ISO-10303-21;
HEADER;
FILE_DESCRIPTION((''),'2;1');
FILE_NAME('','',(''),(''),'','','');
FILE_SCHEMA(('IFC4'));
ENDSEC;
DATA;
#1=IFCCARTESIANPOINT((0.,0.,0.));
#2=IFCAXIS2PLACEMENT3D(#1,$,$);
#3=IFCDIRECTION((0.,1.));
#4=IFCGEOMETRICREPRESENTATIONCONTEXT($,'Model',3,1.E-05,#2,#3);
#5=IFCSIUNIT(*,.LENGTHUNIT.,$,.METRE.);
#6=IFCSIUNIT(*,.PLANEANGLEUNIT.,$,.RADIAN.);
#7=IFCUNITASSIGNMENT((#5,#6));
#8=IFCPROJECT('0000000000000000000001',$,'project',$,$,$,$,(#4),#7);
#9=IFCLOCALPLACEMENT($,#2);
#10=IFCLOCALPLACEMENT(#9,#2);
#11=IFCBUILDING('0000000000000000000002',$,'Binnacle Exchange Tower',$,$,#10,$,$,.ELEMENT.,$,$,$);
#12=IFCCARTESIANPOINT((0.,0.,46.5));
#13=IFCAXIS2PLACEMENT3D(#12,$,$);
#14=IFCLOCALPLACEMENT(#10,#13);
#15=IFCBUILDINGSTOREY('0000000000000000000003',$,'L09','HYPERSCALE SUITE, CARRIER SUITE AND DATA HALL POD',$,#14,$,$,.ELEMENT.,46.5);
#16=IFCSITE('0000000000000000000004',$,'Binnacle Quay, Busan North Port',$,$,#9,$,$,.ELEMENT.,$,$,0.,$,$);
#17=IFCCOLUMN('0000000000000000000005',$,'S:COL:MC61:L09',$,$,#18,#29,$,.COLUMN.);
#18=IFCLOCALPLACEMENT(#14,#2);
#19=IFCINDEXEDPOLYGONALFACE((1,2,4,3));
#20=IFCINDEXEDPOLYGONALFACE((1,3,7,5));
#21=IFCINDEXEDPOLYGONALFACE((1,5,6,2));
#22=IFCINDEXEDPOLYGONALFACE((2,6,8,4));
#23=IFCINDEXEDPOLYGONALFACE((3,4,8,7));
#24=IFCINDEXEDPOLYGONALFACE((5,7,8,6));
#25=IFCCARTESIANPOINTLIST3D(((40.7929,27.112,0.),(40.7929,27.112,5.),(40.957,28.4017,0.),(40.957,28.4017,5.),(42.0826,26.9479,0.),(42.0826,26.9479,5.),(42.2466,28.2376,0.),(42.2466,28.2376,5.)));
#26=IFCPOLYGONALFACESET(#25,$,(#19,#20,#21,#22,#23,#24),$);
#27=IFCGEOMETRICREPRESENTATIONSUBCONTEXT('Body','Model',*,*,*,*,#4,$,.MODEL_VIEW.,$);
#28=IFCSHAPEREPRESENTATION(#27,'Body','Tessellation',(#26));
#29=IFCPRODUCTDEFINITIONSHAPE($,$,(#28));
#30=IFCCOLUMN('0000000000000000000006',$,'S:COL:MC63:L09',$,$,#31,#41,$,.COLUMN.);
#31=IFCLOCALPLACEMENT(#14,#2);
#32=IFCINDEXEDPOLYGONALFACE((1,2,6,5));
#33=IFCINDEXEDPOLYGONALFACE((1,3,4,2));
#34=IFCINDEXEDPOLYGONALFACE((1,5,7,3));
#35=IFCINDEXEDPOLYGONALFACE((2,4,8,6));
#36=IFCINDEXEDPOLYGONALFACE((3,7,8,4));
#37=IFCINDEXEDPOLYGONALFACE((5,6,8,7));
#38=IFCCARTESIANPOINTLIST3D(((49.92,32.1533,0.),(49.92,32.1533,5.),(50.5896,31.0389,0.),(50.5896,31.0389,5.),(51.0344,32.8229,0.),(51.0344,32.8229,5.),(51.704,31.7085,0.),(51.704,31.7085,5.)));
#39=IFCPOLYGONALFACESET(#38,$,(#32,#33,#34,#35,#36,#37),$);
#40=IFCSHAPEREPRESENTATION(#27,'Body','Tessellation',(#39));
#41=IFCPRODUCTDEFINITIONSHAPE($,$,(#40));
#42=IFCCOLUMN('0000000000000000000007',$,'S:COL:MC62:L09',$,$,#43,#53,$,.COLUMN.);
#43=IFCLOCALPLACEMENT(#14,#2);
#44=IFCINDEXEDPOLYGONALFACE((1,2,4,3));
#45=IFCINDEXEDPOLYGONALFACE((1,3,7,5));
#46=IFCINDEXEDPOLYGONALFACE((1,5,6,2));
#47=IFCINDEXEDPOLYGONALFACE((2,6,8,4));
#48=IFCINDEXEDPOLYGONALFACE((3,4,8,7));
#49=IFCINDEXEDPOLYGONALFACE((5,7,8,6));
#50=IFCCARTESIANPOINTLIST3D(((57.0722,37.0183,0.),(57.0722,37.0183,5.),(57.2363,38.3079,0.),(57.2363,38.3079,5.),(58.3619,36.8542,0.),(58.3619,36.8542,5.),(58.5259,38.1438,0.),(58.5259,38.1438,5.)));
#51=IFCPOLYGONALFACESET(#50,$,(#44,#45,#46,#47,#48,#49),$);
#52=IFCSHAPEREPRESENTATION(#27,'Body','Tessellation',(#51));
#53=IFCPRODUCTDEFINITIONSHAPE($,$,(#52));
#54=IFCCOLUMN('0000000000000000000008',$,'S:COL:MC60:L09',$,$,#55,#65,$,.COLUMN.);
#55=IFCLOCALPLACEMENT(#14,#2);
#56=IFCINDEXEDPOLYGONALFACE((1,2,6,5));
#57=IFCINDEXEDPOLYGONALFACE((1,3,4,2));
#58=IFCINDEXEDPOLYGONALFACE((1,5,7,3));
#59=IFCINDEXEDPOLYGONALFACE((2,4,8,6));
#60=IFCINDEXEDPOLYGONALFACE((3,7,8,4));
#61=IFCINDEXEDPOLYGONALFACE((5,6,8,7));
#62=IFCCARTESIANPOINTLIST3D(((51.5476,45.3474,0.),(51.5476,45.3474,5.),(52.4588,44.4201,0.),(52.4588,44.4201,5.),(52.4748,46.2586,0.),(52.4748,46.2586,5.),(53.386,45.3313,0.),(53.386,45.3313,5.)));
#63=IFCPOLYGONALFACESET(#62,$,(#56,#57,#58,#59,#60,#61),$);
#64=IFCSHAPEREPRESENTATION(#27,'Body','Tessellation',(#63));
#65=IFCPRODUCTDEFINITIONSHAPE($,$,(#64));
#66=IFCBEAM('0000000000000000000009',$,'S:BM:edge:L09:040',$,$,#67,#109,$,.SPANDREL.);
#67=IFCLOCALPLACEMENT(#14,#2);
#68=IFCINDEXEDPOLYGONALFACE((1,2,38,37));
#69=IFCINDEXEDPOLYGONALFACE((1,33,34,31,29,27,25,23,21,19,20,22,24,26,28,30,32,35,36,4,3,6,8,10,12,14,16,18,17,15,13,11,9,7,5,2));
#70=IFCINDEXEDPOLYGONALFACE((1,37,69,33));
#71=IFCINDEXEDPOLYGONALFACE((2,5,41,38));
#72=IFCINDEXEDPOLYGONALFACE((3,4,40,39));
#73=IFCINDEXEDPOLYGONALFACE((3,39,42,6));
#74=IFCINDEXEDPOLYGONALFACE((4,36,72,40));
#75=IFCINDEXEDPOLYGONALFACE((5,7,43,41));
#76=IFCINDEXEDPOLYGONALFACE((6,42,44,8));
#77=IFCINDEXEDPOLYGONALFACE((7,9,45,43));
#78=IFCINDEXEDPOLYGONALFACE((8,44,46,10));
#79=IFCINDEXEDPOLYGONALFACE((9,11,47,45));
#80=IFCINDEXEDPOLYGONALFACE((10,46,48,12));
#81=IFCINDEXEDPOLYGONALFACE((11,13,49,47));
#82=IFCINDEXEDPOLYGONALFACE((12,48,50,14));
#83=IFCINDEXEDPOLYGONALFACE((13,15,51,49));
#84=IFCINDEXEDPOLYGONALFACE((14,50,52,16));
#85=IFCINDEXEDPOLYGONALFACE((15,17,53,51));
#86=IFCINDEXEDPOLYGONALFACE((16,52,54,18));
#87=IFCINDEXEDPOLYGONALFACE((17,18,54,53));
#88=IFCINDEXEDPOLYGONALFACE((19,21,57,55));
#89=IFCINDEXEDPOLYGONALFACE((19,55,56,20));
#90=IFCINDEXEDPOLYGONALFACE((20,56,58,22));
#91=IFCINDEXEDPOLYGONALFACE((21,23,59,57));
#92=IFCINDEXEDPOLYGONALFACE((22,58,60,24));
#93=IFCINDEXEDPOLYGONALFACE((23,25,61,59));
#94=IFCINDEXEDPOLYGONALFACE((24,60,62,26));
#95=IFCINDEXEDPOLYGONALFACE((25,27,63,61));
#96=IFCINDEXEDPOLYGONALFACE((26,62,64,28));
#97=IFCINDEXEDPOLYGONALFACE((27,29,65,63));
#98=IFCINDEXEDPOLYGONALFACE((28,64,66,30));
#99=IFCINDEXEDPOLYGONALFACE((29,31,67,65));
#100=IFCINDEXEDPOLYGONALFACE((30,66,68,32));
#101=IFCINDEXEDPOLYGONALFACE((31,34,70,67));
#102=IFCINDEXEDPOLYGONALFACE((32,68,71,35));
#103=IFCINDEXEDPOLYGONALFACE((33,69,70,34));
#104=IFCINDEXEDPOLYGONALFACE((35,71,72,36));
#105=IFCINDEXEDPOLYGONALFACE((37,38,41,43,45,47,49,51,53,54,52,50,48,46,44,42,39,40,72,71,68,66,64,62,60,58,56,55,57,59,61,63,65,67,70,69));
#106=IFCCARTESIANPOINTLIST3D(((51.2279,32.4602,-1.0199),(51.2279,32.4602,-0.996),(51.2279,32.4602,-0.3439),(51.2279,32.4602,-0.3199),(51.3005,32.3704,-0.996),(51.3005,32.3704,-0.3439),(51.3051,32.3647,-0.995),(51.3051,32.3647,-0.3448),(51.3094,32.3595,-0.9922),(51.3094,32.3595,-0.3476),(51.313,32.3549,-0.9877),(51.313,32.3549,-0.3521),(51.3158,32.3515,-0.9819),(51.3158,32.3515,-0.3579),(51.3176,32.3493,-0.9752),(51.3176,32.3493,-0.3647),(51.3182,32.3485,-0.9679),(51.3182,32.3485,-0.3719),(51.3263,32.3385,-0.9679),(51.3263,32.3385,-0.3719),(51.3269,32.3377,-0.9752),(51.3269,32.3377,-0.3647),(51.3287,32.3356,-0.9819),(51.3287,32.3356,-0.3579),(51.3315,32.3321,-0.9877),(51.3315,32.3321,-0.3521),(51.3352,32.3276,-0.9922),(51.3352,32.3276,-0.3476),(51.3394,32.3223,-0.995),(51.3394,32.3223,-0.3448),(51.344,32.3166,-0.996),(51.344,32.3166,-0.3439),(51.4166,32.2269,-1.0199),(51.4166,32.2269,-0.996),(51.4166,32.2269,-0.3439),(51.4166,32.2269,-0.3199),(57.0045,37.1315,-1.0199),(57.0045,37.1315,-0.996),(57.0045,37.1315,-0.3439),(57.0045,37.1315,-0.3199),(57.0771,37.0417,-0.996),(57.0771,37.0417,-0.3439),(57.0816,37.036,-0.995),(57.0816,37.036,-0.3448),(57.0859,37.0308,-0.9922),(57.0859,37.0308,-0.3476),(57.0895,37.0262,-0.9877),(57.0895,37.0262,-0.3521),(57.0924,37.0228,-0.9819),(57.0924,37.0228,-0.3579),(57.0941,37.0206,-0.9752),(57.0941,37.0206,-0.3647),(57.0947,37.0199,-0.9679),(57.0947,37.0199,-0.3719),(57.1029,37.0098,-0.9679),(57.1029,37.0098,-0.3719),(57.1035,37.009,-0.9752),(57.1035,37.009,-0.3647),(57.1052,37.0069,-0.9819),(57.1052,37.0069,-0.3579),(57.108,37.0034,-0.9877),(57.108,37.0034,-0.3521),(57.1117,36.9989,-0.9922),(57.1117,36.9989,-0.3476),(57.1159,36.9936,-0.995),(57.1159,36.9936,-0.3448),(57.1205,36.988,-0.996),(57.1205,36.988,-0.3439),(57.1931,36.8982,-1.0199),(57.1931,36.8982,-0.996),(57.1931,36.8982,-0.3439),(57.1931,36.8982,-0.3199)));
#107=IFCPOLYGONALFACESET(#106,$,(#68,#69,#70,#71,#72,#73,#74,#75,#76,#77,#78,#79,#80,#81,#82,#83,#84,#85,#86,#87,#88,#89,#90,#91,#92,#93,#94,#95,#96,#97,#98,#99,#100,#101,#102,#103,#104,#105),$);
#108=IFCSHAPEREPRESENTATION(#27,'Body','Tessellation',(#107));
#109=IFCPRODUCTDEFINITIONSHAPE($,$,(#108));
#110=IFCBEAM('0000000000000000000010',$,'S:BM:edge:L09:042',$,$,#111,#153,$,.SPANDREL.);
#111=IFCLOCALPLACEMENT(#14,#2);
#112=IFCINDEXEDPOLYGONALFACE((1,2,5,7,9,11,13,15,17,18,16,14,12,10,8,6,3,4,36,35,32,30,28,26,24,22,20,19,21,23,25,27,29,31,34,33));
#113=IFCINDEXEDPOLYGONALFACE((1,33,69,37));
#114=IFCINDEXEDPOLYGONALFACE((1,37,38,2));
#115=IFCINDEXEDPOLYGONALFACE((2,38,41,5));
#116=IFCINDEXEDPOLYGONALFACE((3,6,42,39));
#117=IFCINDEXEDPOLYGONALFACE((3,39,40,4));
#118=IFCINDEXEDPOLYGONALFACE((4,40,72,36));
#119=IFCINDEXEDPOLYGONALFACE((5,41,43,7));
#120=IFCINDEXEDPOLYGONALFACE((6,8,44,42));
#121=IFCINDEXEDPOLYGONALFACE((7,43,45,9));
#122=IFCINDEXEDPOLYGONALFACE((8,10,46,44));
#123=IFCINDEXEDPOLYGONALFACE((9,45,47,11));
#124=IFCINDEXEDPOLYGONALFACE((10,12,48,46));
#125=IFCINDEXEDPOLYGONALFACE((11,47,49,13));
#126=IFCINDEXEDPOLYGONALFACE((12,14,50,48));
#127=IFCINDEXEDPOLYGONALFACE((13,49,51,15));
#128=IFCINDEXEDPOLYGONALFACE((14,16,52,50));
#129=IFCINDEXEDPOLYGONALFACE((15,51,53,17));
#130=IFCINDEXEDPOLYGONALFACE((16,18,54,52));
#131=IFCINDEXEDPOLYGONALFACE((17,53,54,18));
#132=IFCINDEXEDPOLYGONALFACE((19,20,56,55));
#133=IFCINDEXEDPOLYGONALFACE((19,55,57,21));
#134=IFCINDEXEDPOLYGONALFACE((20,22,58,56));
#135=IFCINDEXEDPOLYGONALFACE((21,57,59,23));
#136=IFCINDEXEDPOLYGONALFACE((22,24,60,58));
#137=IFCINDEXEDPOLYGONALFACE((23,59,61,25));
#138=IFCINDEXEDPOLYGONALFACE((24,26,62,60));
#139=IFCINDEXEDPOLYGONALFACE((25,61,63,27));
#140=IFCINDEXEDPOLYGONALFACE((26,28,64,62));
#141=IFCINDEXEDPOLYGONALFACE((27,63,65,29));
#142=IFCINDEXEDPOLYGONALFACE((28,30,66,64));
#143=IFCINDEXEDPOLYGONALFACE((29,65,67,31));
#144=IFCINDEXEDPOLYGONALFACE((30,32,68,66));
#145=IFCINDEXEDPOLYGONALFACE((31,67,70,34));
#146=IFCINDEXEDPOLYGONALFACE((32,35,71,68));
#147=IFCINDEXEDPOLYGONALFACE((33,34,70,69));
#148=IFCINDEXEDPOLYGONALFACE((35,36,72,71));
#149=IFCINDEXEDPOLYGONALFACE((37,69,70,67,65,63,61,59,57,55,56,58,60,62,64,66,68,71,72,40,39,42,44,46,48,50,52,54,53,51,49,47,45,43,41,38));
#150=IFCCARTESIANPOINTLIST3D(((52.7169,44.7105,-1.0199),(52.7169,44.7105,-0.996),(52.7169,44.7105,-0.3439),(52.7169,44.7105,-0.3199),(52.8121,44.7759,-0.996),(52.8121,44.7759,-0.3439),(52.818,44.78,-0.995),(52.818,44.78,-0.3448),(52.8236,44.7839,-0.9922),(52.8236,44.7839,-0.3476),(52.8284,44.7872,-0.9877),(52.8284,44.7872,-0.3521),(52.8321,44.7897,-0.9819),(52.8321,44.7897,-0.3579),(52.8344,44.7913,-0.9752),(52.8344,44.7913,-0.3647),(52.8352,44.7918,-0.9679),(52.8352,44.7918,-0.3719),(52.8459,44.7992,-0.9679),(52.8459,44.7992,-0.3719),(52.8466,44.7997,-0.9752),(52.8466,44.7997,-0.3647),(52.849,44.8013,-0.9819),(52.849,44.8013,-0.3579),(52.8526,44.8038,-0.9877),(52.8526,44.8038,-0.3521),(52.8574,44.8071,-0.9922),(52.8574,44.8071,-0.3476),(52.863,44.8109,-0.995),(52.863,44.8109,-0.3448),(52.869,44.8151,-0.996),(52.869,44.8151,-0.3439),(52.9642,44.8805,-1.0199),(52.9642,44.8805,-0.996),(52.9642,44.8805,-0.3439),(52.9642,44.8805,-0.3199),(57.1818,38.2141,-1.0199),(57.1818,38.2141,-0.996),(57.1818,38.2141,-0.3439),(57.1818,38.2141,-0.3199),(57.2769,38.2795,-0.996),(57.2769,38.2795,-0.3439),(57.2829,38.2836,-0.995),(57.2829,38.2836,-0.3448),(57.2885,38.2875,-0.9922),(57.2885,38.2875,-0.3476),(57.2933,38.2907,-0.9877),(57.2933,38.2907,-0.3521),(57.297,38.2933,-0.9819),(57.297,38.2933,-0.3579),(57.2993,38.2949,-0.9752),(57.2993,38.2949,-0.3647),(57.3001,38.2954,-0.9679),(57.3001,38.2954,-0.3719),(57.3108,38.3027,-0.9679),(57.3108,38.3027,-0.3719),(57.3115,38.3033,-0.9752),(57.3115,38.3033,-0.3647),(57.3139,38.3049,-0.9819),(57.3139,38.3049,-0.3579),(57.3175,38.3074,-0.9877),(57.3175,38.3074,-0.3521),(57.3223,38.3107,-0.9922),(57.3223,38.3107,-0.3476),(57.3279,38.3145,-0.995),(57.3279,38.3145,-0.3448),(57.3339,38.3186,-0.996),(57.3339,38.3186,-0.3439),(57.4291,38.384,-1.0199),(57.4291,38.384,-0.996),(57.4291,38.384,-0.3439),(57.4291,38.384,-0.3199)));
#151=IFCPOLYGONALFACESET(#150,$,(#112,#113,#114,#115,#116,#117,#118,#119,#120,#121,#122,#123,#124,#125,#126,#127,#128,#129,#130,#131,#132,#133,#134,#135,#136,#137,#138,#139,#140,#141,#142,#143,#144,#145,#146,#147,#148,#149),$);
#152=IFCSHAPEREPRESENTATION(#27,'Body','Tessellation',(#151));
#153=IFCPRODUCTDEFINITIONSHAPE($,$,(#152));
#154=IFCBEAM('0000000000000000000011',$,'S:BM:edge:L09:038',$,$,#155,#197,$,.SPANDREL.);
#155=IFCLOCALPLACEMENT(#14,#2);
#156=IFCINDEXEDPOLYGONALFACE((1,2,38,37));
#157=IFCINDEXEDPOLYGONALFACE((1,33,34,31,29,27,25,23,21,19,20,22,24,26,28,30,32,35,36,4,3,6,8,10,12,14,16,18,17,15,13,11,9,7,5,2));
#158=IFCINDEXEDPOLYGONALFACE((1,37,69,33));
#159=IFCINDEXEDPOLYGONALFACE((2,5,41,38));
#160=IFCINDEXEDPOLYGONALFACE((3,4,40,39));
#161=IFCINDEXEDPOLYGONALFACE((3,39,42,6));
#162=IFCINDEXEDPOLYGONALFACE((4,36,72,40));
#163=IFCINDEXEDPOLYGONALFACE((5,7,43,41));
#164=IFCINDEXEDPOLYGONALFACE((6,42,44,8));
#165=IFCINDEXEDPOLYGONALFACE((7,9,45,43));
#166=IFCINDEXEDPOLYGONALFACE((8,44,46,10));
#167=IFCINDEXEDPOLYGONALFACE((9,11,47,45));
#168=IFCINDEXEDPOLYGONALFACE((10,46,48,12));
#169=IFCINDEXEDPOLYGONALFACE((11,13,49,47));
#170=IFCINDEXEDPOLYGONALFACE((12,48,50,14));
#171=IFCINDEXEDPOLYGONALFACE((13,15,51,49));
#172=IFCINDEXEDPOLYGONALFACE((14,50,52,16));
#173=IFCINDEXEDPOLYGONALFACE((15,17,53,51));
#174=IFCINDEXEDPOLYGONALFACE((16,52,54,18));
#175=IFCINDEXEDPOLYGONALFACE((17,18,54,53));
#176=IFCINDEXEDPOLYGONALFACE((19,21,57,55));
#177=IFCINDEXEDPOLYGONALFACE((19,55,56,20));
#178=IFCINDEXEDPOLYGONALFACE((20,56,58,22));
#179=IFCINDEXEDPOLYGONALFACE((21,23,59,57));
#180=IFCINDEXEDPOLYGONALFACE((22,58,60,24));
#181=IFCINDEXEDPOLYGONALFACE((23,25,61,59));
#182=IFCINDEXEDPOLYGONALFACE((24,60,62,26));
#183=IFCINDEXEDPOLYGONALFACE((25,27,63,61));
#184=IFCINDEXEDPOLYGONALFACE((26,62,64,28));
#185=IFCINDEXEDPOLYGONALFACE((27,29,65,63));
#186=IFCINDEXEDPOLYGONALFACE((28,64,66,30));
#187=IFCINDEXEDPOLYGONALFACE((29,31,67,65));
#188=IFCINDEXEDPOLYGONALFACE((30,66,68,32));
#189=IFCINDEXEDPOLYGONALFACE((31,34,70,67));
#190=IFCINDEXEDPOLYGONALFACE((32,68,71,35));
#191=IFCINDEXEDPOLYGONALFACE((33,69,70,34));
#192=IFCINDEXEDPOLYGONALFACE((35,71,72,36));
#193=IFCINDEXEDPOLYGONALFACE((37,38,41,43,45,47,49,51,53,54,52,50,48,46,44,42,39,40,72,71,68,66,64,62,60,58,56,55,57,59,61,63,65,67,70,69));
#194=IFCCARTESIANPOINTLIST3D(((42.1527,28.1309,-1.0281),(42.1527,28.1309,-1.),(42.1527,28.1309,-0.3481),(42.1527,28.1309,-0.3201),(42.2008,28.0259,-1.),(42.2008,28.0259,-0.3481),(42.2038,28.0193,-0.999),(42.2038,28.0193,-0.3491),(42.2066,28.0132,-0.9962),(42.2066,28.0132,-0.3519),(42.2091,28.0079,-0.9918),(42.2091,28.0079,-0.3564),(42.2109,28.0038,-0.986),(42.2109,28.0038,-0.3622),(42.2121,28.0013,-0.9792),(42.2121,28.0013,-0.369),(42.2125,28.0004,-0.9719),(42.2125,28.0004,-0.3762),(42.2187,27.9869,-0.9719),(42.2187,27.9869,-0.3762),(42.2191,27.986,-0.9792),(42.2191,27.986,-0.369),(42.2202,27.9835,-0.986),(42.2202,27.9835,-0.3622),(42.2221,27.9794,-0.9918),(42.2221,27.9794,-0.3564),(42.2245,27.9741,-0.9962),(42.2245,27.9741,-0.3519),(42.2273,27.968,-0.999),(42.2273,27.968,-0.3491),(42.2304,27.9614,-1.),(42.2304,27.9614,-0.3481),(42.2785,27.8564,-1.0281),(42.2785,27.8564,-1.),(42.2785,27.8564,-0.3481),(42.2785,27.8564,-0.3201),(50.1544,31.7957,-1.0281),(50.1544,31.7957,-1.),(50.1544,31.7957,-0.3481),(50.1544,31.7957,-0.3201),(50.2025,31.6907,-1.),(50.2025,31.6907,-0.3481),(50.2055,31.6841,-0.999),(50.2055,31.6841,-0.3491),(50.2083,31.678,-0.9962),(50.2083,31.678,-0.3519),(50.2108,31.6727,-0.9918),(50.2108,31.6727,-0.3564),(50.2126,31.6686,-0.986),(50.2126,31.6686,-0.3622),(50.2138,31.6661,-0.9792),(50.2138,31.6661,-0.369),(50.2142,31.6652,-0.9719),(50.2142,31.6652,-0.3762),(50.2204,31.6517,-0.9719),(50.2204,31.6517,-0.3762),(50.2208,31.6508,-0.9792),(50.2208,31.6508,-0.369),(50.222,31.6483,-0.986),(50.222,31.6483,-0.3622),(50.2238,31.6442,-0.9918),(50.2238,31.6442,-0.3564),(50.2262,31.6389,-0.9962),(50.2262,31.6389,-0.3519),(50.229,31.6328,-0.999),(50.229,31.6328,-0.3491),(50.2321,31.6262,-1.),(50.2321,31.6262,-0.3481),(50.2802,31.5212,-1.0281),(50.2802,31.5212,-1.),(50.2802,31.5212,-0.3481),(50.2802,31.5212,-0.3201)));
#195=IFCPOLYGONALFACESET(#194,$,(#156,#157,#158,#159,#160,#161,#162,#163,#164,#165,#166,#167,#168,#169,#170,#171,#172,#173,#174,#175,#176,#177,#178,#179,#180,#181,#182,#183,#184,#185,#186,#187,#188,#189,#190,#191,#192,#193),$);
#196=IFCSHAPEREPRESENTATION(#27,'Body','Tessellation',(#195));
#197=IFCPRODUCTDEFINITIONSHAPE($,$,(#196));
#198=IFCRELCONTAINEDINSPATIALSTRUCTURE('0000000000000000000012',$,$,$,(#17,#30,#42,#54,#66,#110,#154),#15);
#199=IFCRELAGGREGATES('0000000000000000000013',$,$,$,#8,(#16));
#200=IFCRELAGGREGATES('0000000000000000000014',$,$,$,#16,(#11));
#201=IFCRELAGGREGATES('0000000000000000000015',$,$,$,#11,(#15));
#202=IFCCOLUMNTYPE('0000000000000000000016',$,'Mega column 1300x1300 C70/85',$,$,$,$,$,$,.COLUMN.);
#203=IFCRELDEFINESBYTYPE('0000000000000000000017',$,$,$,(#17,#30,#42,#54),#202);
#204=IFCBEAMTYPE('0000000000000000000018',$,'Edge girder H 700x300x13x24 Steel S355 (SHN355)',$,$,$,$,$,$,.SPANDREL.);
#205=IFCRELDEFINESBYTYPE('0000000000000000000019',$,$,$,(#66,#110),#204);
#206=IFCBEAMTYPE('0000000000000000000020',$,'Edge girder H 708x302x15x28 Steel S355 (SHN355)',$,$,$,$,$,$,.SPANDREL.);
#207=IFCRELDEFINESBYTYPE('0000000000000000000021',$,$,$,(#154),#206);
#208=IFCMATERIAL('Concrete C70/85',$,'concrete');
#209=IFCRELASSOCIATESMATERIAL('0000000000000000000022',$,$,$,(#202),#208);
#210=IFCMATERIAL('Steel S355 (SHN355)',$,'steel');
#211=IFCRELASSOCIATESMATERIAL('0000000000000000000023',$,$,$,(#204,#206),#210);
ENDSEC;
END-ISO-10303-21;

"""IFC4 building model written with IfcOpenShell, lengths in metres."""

from ifc_helpers import new_model, si_unit, direction, frame, origin, origin_2d, place, context, subcontext, project, spatial, rectangle, i_section, extrude, material, material_profile, profile_set, type_object, element, save


model = new_model("IFC4")

# Units and contexts
model_context = context("Model", 3, precision=1e-05, world=origin(), true_north=direction((0.0, 1.0)))
body_context = subcontext(model_context, "Body", "Model", "MODEL_VIEW")
ifc_project = project(units=[si_unit("LENGTHUNIT", "METRE"), si_unit("PLANEANGLEUNIT", "RADIAN")], contexts=[model_context])

# Site, building, storey
site_placement = place(None, origin())
site = spatial("IfcSite", under=ifc_project, at=site_placement, Name="Binnacle Quay, Busan North Port", CompositionType="ELEMENT", RefElevation=0.0)
building_placement = place(site_placement, origin())
building = spatial("IfcBuilding", under=site, at=building_placement, Name="Binnacle Exchange Tower", CompositionType="ELEMENT")
storey_placement = place(building_placement, frame((0.0, 0.0, 46.5)))
storey = spatial("IfcBuildingStorey", under=building, at=storey_placement, Name="L09", Description="HYPERSCALE SUITE, CARRIER SUITE AND DATA HALL POD", CompositionType="ELEMENT", Elevation=46.5)

# Columns
ifc_material_1 = material(Name="Concrete C70/85", Category="concrete")
ifc_material_profile_1 = material_profile(ifc_material_1, rectangle(XDim=1.3, YDim=1.3, at=origin_2d()), Name="Mega column 1300x1300 C70/85")
ifc_profile_set_1 = profile_set([ifc_material_profile_1], Name="Concrete C70/85")
column_type = type_object("IfcColumnType", Name="Mega column 1300x1300 C70/85", PredefinedType="COLUMN", material=ifc_profile_set_1)
for number, where, z_axis, x_axis, name in (
    (1, (41.5198, 27.6748, 0.0), (0.0, 0.0, 1.0), (0.992005, -0.126199, 0.0), "S:COL:MC61:L09"),
    (2, (50.812, 31.9309, 0.0), (0.0, 0.0, 1.0), (0.857167, 0.515038, 0.0), "S:COL:MC63:L09"),
    (3, (57.7991, 37.5811, 0.0), (0.0, 0.0, 1.0), (0.126199, 0.992005, 0.0), "S:COL:MC62:L09"),
    (4, (52.4668, 45.3394, 0.0), (0.0, 0.0, 1.0), (-0.700909, 0.71325, 0.0), "S:COL:MC60:L09"),
):
    element("IfcColumn", number, at=place(storey_placement, frame(where, z_axis=z_axis, x_axis=x_axis)), inside=storey, type_object=column_type, Name=name, PredefinedType="COLUMN", context=body_context, shape_type="SweptSolid", body=[
        extrude(rectangle(XDim=1.3, YDim=1.3, at=origin_2d()), origin(), (0.0, 0.0, 1.0), 5.0),
    ])

# Beams
ifc_material_2 = material(Name="Steel S355 (SHN355)", Category="steel")
ifc_material_profile_2 = material_profile(ifc_material_2, i_section(OverallWidth=0.3, OverallDepth=0.7, WebThickness=0.0129, FlangeThickness=0.0239, FilletRadius=0.0281, at=origin_2d()), Name="H 700x300x13x24")
ifc_profile_set_2 = profile_set([ifc_material_profile_2], Name="Steel S355 (SHN355)")
beam_type_1 = type_object("IfcBeamType", Name="Edge girder H 700x300x13x24 Steel S355 (SHN355)", PredefinedType="SPANDREL", material=ifc_profile_set_2)
beam_1_placement = place(storey_placement, frame((51.3223, 32.3435, -0.6699), z_axis=(0.777568, 0.628798, 0.0), x_axis=(-0.628798, 0.777568, 0.0)))
element("IfcBeam", 5, at=beam_1_placement, inside=storey, type_object=beam_type_1, Name="S:BM:edge:L09:040", PredefinedType="SPANDREL", context=body_context, shape_type="SweptSolid", body=[
    extrude(i_section(OverallWidth=0.3, OverallDepth=0.7, WebThickness=0.0129, FlangeThickness=0.0239, FilletRadius=0.0281, at=origin_2d()), origin(), (0.0, 0.0, 1.0), 7.429),
])
beam_2_placement = place(storey_placement, frame((57.3054, 38.2991, -0.6699), z_axis=(-0.566409, 0.824124, 0.0), x_axis=(-0.824124, -0.566409, 0.0)))
element("IfcBeam", 6, at=beam_2_placement, inside=storey, type_object=beam_type_1, Name="S:BM:edge:L09:042", PredefinedType="SPANDREL", context=body_context, shape_type="SweptSolid", body=[
    extrude(i_section(OverallWidth=0.3, OverallDepth=0.7, WebThickness=0.0129, FlangeThickness=0.0239, FilletRadius=0.0281, at=origin_2d()), origin(), (0.0, 0.0, 1.0), 7.8828),
])
ifc_material_profile_3 = material_profile(ifc_material_2, i_section(OverallWidth=0.302, OverallDepth=0.708, WebThickness=0.0149, FlangeThickness=0.0281, FilletRadius=0.0281, at=origin_2d()), Name="H 708x302x15x28")
ifc_profile_set_3 = profile_set([ifc_material_profile_3], Name="Steel S355 (SHN355)")
beam_type_2 = type_object("IfcBeamType", Name="Edge girder H 708x302x15x28 Steel S355 (SHN355)", PredefinedType="SPANDREL", material=ifc_profile_set_3)
beam_3_placement = place(storey_placement, frame((42.2156, 27.9937, -0.6741), z_axis=(0.909179, 0.416405, 0.0), x_axis=(-0.416405, 0.909179, 0.0)))
element("IfcBeam", 7, at=beam_3_placement, inside=storey, type_object=beam_type_2, Name="S:BM:edge:L09:038", PredefinedType="SPANDREL", context=body_context, shape_type="SweptSolid", body=[
    extrude(i_section(OverallWidth=0.302, OverallDepth=0.708, WebThickness=0.0149, FlangeThickness=0.0281, FilletRadius=0.0281, at=origin_2d()), origin(), (0.0, 0.0, 1.0), 8.801),
])

save(model, "model.ifc")
